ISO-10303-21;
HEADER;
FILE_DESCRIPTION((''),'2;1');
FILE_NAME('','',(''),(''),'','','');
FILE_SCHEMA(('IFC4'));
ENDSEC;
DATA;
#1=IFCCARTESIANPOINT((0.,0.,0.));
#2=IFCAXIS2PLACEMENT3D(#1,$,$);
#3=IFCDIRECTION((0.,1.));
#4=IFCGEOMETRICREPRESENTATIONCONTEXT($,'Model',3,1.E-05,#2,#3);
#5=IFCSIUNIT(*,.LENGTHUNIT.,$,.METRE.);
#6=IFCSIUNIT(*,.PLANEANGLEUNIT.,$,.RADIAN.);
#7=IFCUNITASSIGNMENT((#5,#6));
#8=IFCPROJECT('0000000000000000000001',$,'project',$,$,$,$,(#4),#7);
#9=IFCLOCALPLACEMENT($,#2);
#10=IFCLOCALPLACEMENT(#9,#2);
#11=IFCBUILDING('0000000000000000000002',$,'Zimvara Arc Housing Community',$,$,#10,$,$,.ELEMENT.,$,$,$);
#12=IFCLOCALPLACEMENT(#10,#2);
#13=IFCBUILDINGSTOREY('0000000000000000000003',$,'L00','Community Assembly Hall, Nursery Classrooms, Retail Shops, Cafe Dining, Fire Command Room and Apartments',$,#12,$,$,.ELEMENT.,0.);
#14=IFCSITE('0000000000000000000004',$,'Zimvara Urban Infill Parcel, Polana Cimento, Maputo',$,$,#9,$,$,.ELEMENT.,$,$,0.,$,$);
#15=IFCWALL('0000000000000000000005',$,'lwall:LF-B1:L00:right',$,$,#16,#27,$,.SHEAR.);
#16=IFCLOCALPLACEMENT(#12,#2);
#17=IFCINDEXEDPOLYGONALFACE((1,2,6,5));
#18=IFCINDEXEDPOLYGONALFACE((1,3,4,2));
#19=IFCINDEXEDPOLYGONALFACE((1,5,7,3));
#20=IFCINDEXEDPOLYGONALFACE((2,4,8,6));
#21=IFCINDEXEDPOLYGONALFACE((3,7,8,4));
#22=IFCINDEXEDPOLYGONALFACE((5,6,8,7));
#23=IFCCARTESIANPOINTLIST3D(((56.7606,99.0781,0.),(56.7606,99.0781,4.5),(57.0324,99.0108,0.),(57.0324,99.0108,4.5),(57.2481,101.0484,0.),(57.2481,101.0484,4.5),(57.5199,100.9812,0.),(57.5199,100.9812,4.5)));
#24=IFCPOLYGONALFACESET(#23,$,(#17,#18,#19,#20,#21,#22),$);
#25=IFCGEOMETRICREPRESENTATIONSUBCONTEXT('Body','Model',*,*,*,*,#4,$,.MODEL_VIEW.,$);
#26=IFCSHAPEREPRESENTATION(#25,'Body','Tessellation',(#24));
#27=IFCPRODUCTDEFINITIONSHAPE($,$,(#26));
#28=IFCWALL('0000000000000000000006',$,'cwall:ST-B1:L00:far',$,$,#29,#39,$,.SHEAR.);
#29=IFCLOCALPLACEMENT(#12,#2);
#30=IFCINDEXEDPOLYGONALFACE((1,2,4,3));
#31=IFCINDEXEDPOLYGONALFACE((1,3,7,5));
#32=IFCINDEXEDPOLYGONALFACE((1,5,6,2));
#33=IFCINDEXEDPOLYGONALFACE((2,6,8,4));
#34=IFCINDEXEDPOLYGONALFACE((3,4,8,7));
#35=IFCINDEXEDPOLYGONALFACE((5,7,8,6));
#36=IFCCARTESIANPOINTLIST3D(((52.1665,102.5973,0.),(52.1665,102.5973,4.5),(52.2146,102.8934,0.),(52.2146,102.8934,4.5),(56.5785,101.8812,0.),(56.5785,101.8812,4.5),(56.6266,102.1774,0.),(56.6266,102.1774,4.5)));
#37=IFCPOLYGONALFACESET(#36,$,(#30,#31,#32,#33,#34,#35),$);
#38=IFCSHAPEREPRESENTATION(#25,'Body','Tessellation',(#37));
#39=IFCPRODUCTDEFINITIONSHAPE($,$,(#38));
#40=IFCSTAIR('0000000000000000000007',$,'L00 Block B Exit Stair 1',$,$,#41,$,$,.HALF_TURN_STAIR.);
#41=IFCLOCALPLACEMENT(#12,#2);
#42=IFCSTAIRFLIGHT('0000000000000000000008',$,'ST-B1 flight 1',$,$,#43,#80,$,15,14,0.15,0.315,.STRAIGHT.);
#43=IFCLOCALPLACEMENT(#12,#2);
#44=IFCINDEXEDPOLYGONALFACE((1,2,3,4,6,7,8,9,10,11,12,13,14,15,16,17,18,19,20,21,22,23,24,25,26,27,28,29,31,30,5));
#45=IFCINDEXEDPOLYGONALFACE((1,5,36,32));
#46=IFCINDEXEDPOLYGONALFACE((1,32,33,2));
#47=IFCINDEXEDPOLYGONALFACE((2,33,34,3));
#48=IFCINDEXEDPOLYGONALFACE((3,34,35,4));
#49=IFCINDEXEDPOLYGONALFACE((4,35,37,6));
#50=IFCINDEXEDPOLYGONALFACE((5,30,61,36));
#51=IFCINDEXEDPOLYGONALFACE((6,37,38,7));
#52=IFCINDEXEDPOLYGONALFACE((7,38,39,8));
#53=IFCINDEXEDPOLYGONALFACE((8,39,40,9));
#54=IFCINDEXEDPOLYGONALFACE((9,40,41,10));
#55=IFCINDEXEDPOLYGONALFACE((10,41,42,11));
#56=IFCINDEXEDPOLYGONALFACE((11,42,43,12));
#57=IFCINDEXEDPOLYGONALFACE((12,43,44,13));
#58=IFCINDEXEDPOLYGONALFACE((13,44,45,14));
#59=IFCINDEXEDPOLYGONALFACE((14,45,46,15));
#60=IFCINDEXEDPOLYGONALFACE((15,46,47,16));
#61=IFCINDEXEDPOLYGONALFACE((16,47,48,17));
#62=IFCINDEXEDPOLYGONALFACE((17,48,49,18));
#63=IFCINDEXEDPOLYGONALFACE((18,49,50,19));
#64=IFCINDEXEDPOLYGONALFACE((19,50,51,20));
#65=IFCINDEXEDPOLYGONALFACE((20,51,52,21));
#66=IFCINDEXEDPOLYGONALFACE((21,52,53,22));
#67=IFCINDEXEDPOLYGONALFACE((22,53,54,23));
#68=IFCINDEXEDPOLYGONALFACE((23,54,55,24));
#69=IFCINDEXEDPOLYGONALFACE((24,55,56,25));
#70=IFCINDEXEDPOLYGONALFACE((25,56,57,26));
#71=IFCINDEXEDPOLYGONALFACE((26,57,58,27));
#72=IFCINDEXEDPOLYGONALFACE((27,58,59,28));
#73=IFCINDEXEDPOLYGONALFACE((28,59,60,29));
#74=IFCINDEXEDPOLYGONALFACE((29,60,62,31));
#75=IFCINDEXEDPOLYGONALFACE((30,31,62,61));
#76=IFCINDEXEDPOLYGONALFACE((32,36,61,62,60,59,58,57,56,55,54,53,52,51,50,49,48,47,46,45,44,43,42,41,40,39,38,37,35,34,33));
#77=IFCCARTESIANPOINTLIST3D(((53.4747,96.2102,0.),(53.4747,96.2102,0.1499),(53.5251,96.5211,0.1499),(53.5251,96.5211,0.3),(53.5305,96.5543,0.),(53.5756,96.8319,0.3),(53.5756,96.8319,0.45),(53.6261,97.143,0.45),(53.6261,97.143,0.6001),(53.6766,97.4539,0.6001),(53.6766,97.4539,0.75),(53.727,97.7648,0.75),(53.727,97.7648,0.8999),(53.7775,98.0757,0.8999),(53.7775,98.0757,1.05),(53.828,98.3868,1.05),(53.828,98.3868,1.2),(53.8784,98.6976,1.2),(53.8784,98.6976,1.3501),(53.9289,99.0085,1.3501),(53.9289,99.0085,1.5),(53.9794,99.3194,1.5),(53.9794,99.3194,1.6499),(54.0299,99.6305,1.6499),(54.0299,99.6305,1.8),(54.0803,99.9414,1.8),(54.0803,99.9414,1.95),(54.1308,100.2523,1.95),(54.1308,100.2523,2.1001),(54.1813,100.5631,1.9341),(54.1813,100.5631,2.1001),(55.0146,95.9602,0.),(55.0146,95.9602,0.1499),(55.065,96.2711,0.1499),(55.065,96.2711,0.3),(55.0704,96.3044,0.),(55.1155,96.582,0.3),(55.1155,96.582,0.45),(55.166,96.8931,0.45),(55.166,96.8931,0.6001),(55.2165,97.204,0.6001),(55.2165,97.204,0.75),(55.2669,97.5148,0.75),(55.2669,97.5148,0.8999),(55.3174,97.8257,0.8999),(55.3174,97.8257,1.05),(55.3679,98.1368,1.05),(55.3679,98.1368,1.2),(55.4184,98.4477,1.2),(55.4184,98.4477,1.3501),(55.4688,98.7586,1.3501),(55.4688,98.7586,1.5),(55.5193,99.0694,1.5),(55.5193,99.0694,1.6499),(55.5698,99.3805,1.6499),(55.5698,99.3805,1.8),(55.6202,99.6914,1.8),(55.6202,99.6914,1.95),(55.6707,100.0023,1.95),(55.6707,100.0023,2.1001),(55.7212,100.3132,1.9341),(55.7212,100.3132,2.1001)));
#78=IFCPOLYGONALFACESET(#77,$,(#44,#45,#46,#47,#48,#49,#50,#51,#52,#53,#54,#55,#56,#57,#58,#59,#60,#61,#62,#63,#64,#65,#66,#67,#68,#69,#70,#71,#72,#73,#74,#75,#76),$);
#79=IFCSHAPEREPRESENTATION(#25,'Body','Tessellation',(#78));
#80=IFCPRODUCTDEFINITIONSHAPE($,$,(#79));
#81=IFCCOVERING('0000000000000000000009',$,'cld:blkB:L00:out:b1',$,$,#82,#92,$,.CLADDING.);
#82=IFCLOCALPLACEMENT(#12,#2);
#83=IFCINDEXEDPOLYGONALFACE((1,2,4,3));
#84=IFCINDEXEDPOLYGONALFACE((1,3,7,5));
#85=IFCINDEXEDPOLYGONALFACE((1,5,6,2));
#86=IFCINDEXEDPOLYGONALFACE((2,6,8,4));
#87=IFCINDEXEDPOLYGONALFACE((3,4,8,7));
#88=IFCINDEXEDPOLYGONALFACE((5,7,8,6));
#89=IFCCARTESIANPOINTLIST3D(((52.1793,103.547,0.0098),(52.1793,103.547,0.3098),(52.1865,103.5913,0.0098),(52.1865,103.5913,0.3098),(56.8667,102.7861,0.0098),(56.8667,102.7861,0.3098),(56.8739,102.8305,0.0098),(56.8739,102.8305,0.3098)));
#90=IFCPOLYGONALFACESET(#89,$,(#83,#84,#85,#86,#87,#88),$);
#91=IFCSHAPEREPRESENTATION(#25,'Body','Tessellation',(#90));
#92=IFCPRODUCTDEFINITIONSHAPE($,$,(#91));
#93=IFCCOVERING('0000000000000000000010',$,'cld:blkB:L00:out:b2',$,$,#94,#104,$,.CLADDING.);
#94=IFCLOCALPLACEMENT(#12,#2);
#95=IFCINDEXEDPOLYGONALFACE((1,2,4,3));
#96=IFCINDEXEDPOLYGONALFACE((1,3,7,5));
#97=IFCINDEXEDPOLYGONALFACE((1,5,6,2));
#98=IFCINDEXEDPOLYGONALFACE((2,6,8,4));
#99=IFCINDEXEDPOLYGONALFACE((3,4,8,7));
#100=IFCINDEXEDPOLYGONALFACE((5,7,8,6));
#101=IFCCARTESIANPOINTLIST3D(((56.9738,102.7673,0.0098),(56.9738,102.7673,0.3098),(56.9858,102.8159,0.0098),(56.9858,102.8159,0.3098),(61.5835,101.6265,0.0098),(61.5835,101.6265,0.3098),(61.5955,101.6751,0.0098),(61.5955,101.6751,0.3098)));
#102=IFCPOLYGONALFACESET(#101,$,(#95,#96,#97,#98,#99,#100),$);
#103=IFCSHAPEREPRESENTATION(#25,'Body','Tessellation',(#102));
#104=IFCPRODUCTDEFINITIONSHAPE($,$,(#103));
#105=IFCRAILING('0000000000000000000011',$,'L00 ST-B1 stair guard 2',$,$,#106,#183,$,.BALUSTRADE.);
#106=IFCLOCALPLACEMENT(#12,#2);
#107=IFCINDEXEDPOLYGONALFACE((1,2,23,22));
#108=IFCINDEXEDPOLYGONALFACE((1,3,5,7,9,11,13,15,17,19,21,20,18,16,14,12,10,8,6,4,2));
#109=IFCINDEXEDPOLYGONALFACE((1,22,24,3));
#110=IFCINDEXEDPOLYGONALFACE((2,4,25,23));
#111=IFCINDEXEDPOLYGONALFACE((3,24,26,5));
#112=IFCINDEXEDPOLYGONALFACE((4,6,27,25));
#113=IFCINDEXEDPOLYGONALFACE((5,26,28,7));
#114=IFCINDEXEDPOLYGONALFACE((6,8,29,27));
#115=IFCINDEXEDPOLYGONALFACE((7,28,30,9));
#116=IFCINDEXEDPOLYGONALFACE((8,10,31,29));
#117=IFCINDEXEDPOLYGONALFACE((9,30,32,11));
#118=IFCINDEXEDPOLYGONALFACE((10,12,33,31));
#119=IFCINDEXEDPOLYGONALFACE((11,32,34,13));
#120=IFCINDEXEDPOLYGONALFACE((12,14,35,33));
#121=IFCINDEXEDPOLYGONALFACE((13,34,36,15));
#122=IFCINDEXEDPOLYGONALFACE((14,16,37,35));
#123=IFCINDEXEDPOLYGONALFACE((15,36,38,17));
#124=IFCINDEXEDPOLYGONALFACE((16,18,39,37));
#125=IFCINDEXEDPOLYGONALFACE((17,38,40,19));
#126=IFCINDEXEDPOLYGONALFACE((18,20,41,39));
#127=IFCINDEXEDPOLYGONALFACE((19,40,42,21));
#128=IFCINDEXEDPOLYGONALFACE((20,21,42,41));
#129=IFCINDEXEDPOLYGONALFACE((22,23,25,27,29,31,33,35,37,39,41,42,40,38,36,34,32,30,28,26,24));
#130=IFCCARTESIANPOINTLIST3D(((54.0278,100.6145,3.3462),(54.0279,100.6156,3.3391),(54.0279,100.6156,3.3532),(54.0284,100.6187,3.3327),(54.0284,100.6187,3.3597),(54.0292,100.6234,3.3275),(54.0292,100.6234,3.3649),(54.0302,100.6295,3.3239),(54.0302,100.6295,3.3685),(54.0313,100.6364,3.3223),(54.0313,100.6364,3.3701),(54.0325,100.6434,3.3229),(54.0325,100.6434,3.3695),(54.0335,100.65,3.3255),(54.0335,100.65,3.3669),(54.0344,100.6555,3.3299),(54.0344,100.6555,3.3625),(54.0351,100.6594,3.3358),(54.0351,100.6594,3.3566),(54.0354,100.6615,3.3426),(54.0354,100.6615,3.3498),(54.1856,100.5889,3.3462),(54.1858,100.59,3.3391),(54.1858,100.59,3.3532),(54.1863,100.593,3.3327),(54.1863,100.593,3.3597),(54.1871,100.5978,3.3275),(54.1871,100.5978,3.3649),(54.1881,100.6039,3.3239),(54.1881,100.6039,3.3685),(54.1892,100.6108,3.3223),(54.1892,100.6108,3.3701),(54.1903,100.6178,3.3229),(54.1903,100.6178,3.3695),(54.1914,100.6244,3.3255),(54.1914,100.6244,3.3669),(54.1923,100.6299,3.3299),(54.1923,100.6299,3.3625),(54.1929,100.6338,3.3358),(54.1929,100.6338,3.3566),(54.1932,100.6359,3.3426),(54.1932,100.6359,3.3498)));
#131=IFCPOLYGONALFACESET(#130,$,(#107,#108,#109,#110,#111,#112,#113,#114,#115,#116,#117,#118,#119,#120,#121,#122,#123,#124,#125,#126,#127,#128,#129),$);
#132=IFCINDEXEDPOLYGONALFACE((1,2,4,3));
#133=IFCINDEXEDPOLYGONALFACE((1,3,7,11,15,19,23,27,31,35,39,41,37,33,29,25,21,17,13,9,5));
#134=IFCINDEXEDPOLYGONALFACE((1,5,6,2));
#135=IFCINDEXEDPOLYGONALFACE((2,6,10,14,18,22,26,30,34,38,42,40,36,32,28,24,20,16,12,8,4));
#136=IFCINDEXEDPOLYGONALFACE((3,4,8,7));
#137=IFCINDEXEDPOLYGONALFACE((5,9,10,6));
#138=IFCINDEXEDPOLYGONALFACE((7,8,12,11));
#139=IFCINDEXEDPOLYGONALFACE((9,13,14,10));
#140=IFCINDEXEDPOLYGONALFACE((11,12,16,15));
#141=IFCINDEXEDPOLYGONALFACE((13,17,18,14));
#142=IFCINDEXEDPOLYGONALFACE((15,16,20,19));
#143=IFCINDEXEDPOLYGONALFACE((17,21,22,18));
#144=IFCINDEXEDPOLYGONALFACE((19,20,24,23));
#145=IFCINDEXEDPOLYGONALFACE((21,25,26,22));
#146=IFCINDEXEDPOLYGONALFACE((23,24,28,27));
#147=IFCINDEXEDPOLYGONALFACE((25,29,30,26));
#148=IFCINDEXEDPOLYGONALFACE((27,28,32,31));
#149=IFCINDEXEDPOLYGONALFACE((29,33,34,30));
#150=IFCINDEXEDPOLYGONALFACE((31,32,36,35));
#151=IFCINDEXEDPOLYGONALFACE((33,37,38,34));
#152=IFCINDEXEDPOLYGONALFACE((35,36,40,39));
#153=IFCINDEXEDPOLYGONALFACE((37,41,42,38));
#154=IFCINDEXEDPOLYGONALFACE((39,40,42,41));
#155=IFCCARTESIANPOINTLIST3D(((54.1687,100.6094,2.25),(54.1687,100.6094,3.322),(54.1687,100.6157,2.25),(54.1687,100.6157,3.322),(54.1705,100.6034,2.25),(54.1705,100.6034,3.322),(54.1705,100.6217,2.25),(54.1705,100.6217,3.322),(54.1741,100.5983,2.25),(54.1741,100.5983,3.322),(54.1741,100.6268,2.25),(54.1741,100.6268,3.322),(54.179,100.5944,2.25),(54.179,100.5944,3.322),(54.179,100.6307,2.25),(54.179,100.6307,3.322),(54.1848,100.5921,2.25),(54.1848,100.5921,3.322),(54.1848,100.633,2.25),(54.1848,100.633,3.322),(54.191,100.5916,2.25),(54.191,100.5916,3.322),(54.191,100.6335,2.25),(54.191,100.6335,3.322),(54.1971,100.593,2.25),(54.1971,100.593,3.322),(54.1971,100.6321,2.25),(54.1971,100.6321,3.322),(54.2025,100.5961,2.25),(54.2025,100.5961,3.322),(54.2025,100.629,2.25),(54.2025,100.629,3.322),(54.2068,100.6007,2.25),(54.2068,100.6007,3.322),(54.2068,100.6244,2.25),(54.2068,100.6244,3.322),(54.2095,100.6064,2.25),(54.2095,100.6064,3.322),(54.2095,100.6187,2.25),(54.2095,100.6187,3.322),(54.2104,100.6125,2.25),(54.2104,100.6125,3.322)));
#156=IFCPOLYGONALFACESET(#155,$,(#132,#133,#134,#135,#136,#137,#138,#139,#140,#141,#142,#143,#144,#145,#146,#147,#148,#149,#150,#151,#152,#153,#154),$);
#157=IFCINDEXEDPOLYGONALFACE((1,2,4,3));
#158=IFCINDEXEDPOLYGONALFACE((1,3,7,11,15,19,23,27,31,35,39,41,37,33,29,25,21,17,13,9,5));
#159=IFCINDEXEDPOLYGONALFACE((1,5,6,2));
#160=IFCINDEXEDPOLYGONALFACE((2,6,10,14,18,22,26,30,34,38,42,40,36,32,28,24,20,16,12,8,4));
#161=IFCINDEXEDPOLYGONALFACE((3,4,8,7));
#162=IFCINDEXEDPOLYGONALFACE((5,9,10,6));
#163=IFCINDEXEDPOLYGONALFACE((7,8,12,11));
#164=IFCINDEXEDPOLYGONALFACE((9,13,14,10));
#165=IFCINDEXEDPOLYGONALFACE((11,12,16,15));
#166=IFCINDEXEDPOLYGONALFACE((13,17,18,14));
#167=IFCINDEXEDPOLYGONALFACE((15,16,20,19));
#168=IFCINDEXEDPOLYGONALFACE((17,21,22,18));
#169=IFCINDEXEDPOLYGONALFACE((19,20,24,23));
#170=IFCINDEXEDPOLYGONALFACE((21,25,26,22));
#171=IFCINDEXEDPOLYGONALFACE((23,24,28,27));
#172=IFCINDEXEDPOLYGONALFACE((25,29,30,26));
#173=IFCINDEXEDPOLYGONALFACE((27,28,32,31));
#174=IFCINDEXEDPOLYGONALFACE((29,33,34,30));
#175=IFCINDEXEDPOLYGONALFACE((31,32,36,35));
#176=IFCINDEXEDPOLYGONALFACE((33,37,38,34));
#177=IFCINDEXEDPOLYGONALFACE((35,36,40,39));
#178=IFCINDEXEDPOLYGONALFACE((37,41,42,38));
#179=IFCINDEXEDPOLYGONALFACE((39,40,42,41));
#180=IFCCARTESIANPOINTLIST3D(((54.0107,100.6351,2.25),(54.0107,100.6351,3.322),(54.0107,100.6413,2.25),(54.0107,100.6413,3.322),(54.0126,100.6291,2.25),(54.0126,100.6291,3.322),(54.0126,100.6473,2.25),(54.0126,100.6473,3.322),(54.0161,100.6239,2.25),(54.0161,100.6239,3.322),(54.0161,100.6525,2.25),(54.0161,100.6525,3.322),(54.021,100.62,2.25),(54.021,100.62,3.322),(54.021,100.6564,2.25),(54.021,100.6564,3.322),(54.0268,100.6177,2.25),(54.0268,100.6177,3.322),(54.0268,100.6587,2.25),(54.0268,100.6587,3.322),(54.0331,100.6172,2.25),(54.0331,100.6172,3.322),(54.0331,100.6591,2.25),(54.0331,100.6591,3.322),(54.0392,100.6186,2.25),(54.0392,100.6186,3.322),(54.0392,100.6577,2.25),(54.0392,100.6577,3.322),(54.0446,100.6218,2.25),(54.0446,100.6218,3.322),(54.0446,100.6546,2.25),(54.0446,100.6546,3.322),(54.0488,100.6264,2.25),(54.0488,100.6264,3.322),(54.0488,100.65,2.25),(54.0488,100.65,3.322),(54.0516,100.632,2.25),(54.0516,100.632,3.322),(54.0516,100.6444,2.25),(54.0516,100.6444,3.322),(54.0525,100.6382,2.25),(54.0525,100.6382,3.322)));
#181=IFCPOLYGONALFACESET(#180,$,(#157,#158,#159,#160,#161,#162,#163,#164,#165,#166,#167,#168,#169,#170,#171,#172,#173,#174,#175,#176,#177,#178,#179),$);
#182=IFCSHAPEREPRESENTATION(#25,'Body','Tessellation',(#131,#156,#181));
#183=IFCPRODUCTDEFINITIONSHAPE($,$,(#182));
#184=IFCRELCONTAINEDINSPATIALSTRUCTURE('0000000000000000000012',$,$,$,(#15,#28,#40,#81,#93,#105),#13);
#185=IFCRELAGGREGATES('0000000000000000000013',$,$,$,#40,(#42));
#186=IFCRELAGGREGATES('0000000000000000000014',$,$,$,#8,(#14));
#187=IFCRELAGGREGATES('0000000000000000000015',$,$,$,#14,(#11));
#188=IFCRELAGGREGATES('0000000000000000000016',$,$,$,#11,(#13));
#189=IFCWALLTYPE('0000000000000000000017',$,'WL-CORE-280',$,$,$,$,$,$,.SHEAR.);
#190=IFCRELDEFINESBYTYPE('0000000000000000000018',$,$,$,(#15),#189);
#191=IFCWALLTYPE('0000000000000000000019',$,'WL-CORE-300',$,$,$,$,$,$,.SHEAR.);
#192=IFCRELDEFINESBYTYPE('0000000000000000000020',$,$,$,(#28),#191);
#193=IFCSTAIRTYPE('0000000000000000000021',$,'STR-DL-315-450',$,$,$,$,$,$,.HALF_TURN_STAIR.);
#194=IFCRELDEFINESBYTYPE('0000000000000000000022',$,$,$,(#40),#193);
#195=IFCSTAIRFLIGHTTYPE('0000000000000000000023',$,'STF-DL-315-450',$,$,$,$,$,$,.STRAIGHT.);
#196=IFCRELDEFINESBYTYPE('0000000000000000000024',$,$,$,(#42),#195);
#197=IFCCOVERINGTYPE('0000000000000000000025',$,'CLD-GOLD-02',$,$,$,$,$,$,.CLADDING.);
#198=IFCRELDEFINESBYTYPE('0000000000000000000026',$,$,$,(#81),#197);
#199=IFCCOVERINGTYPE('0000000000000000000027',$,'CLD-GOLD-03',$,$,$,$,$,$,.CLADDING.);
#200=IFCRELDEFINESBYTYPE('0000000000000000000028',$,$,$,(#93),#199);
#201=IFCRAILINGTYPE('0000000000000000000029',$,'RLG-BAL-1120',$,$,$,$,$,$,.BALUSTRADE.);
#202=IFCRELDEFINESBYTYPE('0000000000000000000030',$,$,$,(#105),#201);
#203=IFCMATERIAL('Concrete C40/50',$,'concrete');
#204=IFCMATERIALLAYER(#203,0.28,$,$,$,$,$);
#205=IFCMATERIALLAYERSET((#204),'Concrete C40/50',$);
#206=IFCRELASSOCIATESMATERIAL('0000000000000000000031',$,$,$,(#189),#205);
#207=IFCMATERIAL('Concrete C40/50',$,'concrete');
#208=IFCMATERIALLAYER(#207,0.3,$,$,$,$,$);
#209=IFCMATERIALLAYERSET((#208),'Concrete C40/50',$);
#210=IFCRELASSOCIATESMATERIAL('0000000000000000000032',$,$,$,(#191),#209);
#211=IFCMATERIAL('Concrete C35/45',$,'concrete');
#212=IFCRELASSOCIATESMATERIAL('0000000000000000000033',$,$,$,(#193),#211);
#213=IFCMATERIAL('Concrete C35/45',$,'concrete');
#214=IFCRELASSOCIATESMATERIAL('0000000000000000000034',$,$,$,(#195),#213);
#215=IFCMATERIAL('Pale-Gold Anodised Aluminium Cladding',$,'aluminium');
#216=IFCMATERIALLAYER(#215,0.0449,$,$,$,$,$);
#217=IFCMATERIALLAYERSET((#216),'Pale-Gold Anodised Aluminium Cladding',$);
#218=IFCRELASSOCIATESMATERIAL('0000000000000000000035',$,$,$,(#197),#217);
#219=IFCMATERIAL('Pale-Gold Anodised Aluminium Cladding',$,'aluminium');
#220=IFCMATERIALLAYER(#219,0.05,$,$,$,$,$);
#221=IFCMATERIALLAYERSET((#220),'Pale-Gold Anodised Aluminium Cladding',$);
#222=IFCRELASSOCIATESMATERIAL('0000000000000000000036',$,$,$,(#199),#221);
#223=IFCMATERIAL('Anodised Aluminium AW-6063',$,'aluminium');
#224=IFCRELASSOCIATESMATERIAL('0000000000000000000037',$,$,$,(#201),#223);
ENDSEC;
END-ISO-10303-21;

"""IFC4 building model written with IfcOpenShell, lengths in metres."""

from ifc_helpers import new_model, si_unit, direction, frame, frame_2d, origin, origin_2d, place, context, subcontext, project, spatial, polyline, rectangle, circle, outline, extrude, material, layer, layer_set, type_object, element, aggregate, save


model = new_model("IFC4")

# Units and contexts
model_context = context("Model", 3, precision=1e-05, world=origin(), true_north=direction((0.0, 1.0)))
body_context = subcontext(model_context, "Body", "Model", "MODEL_VIEW")
ifc_project = project(units=[si_unit("LENGTHUNIT", "METRE"), si_unit("PLANEANGLEUNIT", "RADIAN")], contexts=[model_context])

# Site, building, storey
site_placement = place(None, origin())
site = spatial("IfcSite", under=ifc_project, at=site_placement, Name="Zimvara Urban Infill Parcel, Polana Cimento, Maputo", CompositionType="ELEMENT", RefElevation=0.0)
building_placement = place(site_placement, origin())
building = spatial("IfcBuilding", under=site, at=building_placement, Name="Zimvara Arc Housing Community", CompositionType="ELEMENT")
storey_placement = place(building_placement, origin())
storey = spatial("IfcBuildingStorey", under=building, at=storey_placement, Name="L00", Description="Community Assembly Hall, Nursery Classrooms, Retail Shops, Cafe Dining, Fire Command Room and Apartments", CompositionType="ELEMENT", Elevation=0.0)

# Shared definitions
ifc_material_1 = material(Name="Concrete C40/50", Category="concrete")
ifc_layer_1 = layer(ifc_material_1, 0.28)
ifc_layer_set_1 = layer_set([ifc_layer_1], Name="Concrete C40/50")
wall_type_1 = type_object("IfcWallType", Name="WL-CORE-280", PredefinedType="SHEAR", material=ifc_layer_set_1)

# Walls
wall_1_placement = place(storey_placement, frame((56.8965, 99.0444, 0.0), z_axis=(0.0, 0.0, 1.0), x_axis=(0.240186, 0.970727, 0.0)))
element("IfcWall", 1, at=wall_1_placement, inside=storey, type_object=wall_type_1, Name="lwall:LF-B1:L00:right", PredefinedType="SHEAR", context=body_context, shape_type="SweptSolid", body=[
    extrude(rectangle(XDim=2.0298, YDim=0.28, at=frame_2d((1.0149, 0.0))), origin(), (0.0, 0.0, 1.0), 4.5),
])
ifc_material_2 = material(Name="Concrete C40/50", Category="concrete")
ifc_layer_2 = layer(ifc_material_2, 0.3)
ifc_layer_set_2 = layer_set([ifc_layer_2], Name="Concrete C40/50")
wall_type_2 = type_object("IfcWallType", Name="WL-CORE-300", PredefinedType="SHEAR", material=ifc_layer_set_2)
wall_2_placement = place(storey_placement, frame((56.6025, 102.0293, 0.0), z_axis=(0.0, 0.0, 1.0), x_axis=(-0.987085, 0.160199, 0.0)))
element("IfcWall", 2, at=wall_2_placement, inside=storey, type_object=wall_type_2, Name="cwall:ST-B1:L00:far", PredefinedType="SHEAR", context=body_context, shape_type="SweptSolid", body=[
    extrude(rectangle(XDim=4.4697, YDim=0.3, at=frame_2d((2.2349, 0.0))), origin(), (0.0, 0.0, 1.0), 4.5),
])

# Stair, stair flight
ifc_material_3 = material(Name="Concrete C35/45", Category="concrete")
stair_type = type_object("IfcStairType", Name="STR-DL-315-450", PredefinedType="HALF_TURN_STAIR", material=ifc_material_3)
stair_placement = place(storey_placement, origin())
stair = element("IfcStair", 3, at=stair_placement, inside=storey, type_object=stair_type, Name="L00 Block B Exit Stair 1", PredefinedType="HALF_TURN_STAIR")
ifc_material_4 = material(Name="Concrete C35/45", Category="concrete")
stair_flight_type = type_object("IfcStairFlightType", Name="STF-DL-315-450", PredefinedType="STRAIGHT", material=ifc_material_4)
stair_flight_placement = place(storey_placement, frame((54.2446, 96.0852, 0.0), z_axis=(0.0, 0.0, 1.0), x_axis=(0.160226, 0.98708, 0.0)))
stair_flight = element("IfcStairFlight", 4, at=stair_flight_placement, type_object=stair_flight_type, Name="ST-B1 flight 1", NumberOfRisers=15, NumberOfTreads=14, PredefinedType="STRAIGHT", RiserHeight=0.15, TreadLength=0.315, context=body_context, shape_type="SweptSolid", body=[
    extrude(outline(polyline([(0.0, 0.0), (0.0, 0.1499), (0.3149, 0.1499), (0.3149, 0.3), (0.6299, 0.3), (0.6299, 0.45), (0.9451, 0.45), (0.9451, 0.6001), (1.26, 0.6001), (1.26, 0.75), (1.575, 0.75), (1.575, 0.8999), (1.8899, 0.8999), (1.8899, 1.05), (2.2051, 1.05), (2.2051, 1.2), (2.52, 1.2), (2.52, 1.3501), (2.835, 1.3501), (2.835, 1.5), (3.1499, 1.5), (3.1499, 1.6499), (3.4651, 1.6499), (3.4651, 1.8), (3.78, 1.8), (3.78, 1.95), (4.095, 1.95), (4.095, 2.1001), (4.4099, 2.1001), (4.4099, 2.25), (4.4099, 1.9341), (0.3486, 0.0), (0.0, 0.0)])), frame((0.0, 0.78, 0.0), z_axis=(0.0, -1.0, 0.0), x_axis=(1.0, 0.0, 0.0)), (0.0, 0.0, 1.0), 1.5601),
])
aggregate(stair, [stair_flight])

# Coverings
ifc_material_5 = material(Name="Pale-Gold Anodised Aluminium Cladding", Category="aluminium")
ifc_layer_3 = layer(ifc_material_5, 0.0449)
ifc_layer_set_3 = layer_set([ifc_layer_3], Name="Pale-Gold Anodised Aluminium Cladding")
covering_type_1 = type_object("IfcCoveringType", Name="CLD-GOLD-02", PredefinedType="CLADDING", material=ifc_layer_set_3)
covering_1_placement = place(storey_placement, frame((54.5266, 103.1887, 0.0098), z_axis=(0.0, 0.0, 1.0), x_axis=(0.98708, -0.160226, 0.0)))
element("IfcCovering", 5, at=covering_1_placement, inside=storey, type_object=covering_type_1, Name="cld:blkB:L00:out:b1", PredefinedType="CLADDING", context=body_context, shape_type="SweptSolid", body=[
    extrude(rectangle(XDim=4.7488, YDim=0.0449, at=origin_2d()), origin(), (0.0, 0.0, 1.0), 0.3),
])
ifc_material_6 = material(Name="Pale-Gold Anodised Aluminium Cladding", Category="aluminium")
ifc_layer_4 = layer(ifc_material_6, 0.05)
ifc_layer_set_4 = layer_set([ifc_layer_4], Name="Pale-Gold Anodised Aluminium Cladding")
covering_type_2 = type_object("IfcCoveringType", Name="CLD-GOLD-03", PredefinedType="CLADDING", material=ifc_layer_set_4)
covering_2_placement = place(storey_placement, frame((59.2847, 102.2212, 0.0098), z_axis=(0.0, 0.0, 1.0), x_axis=(0.970716, -0.24023, 0.0)))
element("IfcCovering", 6, at=covering_2_placement, inside=storey, type_object=covering_type_2, Name="cld:blkB:L00:out:b2", PredefinedType="CLADDING", context=body_context, shape_type="SweptSolid", body=[
    extrude(rectangle(XDim=4.7488, YDim=0.05, at=origin_2d()), origin(), (0.0, 0.0, 1.0), 0.3),
])

# Railing
ifc_material_7 = material(Name="Anodised Aluminium AW-6063", Category="aluminium")
railing_type_1 = type_object("IfcRailingType", Name="RLG-BAL-1120", PredefinedType="BALUSTRADE", material=ifc_material_7)
railing_1_placement = place(storey_placement, frame((54.1895, 100.6125, 2.25)))
element("IfcRailing", 7, at=railing_1_placement, inside=storey, type_object=railing_type_1, Name="L00 ST-B1 stair guard 2", PredefinedType="BALUSTRADE", context=body_context, shape_type="SweptSolid", body=[
    extrude(circle(Radius=0.0239, at=origin_2d()), frame((0.0, 0.0, 1.0962), z_axis=(-0.987086, 0.160192, 0.0), x_axis=(-0.160192, -0.987086, 0.0)), (0.0, 0.0, 1.0), 0.1599),
    extrude(circle(Radius=0.021, at=origin_2d()), origin(), (0.0, 0.0, 1.0), 1.072),
    extrude(circle(Radius=0.021, at=origin_2d()), frame((-0.158, 0.0256, 0.0)), (0.0, 0.0, 1.0), 1.072),
])

save(model, "model.ifc")
